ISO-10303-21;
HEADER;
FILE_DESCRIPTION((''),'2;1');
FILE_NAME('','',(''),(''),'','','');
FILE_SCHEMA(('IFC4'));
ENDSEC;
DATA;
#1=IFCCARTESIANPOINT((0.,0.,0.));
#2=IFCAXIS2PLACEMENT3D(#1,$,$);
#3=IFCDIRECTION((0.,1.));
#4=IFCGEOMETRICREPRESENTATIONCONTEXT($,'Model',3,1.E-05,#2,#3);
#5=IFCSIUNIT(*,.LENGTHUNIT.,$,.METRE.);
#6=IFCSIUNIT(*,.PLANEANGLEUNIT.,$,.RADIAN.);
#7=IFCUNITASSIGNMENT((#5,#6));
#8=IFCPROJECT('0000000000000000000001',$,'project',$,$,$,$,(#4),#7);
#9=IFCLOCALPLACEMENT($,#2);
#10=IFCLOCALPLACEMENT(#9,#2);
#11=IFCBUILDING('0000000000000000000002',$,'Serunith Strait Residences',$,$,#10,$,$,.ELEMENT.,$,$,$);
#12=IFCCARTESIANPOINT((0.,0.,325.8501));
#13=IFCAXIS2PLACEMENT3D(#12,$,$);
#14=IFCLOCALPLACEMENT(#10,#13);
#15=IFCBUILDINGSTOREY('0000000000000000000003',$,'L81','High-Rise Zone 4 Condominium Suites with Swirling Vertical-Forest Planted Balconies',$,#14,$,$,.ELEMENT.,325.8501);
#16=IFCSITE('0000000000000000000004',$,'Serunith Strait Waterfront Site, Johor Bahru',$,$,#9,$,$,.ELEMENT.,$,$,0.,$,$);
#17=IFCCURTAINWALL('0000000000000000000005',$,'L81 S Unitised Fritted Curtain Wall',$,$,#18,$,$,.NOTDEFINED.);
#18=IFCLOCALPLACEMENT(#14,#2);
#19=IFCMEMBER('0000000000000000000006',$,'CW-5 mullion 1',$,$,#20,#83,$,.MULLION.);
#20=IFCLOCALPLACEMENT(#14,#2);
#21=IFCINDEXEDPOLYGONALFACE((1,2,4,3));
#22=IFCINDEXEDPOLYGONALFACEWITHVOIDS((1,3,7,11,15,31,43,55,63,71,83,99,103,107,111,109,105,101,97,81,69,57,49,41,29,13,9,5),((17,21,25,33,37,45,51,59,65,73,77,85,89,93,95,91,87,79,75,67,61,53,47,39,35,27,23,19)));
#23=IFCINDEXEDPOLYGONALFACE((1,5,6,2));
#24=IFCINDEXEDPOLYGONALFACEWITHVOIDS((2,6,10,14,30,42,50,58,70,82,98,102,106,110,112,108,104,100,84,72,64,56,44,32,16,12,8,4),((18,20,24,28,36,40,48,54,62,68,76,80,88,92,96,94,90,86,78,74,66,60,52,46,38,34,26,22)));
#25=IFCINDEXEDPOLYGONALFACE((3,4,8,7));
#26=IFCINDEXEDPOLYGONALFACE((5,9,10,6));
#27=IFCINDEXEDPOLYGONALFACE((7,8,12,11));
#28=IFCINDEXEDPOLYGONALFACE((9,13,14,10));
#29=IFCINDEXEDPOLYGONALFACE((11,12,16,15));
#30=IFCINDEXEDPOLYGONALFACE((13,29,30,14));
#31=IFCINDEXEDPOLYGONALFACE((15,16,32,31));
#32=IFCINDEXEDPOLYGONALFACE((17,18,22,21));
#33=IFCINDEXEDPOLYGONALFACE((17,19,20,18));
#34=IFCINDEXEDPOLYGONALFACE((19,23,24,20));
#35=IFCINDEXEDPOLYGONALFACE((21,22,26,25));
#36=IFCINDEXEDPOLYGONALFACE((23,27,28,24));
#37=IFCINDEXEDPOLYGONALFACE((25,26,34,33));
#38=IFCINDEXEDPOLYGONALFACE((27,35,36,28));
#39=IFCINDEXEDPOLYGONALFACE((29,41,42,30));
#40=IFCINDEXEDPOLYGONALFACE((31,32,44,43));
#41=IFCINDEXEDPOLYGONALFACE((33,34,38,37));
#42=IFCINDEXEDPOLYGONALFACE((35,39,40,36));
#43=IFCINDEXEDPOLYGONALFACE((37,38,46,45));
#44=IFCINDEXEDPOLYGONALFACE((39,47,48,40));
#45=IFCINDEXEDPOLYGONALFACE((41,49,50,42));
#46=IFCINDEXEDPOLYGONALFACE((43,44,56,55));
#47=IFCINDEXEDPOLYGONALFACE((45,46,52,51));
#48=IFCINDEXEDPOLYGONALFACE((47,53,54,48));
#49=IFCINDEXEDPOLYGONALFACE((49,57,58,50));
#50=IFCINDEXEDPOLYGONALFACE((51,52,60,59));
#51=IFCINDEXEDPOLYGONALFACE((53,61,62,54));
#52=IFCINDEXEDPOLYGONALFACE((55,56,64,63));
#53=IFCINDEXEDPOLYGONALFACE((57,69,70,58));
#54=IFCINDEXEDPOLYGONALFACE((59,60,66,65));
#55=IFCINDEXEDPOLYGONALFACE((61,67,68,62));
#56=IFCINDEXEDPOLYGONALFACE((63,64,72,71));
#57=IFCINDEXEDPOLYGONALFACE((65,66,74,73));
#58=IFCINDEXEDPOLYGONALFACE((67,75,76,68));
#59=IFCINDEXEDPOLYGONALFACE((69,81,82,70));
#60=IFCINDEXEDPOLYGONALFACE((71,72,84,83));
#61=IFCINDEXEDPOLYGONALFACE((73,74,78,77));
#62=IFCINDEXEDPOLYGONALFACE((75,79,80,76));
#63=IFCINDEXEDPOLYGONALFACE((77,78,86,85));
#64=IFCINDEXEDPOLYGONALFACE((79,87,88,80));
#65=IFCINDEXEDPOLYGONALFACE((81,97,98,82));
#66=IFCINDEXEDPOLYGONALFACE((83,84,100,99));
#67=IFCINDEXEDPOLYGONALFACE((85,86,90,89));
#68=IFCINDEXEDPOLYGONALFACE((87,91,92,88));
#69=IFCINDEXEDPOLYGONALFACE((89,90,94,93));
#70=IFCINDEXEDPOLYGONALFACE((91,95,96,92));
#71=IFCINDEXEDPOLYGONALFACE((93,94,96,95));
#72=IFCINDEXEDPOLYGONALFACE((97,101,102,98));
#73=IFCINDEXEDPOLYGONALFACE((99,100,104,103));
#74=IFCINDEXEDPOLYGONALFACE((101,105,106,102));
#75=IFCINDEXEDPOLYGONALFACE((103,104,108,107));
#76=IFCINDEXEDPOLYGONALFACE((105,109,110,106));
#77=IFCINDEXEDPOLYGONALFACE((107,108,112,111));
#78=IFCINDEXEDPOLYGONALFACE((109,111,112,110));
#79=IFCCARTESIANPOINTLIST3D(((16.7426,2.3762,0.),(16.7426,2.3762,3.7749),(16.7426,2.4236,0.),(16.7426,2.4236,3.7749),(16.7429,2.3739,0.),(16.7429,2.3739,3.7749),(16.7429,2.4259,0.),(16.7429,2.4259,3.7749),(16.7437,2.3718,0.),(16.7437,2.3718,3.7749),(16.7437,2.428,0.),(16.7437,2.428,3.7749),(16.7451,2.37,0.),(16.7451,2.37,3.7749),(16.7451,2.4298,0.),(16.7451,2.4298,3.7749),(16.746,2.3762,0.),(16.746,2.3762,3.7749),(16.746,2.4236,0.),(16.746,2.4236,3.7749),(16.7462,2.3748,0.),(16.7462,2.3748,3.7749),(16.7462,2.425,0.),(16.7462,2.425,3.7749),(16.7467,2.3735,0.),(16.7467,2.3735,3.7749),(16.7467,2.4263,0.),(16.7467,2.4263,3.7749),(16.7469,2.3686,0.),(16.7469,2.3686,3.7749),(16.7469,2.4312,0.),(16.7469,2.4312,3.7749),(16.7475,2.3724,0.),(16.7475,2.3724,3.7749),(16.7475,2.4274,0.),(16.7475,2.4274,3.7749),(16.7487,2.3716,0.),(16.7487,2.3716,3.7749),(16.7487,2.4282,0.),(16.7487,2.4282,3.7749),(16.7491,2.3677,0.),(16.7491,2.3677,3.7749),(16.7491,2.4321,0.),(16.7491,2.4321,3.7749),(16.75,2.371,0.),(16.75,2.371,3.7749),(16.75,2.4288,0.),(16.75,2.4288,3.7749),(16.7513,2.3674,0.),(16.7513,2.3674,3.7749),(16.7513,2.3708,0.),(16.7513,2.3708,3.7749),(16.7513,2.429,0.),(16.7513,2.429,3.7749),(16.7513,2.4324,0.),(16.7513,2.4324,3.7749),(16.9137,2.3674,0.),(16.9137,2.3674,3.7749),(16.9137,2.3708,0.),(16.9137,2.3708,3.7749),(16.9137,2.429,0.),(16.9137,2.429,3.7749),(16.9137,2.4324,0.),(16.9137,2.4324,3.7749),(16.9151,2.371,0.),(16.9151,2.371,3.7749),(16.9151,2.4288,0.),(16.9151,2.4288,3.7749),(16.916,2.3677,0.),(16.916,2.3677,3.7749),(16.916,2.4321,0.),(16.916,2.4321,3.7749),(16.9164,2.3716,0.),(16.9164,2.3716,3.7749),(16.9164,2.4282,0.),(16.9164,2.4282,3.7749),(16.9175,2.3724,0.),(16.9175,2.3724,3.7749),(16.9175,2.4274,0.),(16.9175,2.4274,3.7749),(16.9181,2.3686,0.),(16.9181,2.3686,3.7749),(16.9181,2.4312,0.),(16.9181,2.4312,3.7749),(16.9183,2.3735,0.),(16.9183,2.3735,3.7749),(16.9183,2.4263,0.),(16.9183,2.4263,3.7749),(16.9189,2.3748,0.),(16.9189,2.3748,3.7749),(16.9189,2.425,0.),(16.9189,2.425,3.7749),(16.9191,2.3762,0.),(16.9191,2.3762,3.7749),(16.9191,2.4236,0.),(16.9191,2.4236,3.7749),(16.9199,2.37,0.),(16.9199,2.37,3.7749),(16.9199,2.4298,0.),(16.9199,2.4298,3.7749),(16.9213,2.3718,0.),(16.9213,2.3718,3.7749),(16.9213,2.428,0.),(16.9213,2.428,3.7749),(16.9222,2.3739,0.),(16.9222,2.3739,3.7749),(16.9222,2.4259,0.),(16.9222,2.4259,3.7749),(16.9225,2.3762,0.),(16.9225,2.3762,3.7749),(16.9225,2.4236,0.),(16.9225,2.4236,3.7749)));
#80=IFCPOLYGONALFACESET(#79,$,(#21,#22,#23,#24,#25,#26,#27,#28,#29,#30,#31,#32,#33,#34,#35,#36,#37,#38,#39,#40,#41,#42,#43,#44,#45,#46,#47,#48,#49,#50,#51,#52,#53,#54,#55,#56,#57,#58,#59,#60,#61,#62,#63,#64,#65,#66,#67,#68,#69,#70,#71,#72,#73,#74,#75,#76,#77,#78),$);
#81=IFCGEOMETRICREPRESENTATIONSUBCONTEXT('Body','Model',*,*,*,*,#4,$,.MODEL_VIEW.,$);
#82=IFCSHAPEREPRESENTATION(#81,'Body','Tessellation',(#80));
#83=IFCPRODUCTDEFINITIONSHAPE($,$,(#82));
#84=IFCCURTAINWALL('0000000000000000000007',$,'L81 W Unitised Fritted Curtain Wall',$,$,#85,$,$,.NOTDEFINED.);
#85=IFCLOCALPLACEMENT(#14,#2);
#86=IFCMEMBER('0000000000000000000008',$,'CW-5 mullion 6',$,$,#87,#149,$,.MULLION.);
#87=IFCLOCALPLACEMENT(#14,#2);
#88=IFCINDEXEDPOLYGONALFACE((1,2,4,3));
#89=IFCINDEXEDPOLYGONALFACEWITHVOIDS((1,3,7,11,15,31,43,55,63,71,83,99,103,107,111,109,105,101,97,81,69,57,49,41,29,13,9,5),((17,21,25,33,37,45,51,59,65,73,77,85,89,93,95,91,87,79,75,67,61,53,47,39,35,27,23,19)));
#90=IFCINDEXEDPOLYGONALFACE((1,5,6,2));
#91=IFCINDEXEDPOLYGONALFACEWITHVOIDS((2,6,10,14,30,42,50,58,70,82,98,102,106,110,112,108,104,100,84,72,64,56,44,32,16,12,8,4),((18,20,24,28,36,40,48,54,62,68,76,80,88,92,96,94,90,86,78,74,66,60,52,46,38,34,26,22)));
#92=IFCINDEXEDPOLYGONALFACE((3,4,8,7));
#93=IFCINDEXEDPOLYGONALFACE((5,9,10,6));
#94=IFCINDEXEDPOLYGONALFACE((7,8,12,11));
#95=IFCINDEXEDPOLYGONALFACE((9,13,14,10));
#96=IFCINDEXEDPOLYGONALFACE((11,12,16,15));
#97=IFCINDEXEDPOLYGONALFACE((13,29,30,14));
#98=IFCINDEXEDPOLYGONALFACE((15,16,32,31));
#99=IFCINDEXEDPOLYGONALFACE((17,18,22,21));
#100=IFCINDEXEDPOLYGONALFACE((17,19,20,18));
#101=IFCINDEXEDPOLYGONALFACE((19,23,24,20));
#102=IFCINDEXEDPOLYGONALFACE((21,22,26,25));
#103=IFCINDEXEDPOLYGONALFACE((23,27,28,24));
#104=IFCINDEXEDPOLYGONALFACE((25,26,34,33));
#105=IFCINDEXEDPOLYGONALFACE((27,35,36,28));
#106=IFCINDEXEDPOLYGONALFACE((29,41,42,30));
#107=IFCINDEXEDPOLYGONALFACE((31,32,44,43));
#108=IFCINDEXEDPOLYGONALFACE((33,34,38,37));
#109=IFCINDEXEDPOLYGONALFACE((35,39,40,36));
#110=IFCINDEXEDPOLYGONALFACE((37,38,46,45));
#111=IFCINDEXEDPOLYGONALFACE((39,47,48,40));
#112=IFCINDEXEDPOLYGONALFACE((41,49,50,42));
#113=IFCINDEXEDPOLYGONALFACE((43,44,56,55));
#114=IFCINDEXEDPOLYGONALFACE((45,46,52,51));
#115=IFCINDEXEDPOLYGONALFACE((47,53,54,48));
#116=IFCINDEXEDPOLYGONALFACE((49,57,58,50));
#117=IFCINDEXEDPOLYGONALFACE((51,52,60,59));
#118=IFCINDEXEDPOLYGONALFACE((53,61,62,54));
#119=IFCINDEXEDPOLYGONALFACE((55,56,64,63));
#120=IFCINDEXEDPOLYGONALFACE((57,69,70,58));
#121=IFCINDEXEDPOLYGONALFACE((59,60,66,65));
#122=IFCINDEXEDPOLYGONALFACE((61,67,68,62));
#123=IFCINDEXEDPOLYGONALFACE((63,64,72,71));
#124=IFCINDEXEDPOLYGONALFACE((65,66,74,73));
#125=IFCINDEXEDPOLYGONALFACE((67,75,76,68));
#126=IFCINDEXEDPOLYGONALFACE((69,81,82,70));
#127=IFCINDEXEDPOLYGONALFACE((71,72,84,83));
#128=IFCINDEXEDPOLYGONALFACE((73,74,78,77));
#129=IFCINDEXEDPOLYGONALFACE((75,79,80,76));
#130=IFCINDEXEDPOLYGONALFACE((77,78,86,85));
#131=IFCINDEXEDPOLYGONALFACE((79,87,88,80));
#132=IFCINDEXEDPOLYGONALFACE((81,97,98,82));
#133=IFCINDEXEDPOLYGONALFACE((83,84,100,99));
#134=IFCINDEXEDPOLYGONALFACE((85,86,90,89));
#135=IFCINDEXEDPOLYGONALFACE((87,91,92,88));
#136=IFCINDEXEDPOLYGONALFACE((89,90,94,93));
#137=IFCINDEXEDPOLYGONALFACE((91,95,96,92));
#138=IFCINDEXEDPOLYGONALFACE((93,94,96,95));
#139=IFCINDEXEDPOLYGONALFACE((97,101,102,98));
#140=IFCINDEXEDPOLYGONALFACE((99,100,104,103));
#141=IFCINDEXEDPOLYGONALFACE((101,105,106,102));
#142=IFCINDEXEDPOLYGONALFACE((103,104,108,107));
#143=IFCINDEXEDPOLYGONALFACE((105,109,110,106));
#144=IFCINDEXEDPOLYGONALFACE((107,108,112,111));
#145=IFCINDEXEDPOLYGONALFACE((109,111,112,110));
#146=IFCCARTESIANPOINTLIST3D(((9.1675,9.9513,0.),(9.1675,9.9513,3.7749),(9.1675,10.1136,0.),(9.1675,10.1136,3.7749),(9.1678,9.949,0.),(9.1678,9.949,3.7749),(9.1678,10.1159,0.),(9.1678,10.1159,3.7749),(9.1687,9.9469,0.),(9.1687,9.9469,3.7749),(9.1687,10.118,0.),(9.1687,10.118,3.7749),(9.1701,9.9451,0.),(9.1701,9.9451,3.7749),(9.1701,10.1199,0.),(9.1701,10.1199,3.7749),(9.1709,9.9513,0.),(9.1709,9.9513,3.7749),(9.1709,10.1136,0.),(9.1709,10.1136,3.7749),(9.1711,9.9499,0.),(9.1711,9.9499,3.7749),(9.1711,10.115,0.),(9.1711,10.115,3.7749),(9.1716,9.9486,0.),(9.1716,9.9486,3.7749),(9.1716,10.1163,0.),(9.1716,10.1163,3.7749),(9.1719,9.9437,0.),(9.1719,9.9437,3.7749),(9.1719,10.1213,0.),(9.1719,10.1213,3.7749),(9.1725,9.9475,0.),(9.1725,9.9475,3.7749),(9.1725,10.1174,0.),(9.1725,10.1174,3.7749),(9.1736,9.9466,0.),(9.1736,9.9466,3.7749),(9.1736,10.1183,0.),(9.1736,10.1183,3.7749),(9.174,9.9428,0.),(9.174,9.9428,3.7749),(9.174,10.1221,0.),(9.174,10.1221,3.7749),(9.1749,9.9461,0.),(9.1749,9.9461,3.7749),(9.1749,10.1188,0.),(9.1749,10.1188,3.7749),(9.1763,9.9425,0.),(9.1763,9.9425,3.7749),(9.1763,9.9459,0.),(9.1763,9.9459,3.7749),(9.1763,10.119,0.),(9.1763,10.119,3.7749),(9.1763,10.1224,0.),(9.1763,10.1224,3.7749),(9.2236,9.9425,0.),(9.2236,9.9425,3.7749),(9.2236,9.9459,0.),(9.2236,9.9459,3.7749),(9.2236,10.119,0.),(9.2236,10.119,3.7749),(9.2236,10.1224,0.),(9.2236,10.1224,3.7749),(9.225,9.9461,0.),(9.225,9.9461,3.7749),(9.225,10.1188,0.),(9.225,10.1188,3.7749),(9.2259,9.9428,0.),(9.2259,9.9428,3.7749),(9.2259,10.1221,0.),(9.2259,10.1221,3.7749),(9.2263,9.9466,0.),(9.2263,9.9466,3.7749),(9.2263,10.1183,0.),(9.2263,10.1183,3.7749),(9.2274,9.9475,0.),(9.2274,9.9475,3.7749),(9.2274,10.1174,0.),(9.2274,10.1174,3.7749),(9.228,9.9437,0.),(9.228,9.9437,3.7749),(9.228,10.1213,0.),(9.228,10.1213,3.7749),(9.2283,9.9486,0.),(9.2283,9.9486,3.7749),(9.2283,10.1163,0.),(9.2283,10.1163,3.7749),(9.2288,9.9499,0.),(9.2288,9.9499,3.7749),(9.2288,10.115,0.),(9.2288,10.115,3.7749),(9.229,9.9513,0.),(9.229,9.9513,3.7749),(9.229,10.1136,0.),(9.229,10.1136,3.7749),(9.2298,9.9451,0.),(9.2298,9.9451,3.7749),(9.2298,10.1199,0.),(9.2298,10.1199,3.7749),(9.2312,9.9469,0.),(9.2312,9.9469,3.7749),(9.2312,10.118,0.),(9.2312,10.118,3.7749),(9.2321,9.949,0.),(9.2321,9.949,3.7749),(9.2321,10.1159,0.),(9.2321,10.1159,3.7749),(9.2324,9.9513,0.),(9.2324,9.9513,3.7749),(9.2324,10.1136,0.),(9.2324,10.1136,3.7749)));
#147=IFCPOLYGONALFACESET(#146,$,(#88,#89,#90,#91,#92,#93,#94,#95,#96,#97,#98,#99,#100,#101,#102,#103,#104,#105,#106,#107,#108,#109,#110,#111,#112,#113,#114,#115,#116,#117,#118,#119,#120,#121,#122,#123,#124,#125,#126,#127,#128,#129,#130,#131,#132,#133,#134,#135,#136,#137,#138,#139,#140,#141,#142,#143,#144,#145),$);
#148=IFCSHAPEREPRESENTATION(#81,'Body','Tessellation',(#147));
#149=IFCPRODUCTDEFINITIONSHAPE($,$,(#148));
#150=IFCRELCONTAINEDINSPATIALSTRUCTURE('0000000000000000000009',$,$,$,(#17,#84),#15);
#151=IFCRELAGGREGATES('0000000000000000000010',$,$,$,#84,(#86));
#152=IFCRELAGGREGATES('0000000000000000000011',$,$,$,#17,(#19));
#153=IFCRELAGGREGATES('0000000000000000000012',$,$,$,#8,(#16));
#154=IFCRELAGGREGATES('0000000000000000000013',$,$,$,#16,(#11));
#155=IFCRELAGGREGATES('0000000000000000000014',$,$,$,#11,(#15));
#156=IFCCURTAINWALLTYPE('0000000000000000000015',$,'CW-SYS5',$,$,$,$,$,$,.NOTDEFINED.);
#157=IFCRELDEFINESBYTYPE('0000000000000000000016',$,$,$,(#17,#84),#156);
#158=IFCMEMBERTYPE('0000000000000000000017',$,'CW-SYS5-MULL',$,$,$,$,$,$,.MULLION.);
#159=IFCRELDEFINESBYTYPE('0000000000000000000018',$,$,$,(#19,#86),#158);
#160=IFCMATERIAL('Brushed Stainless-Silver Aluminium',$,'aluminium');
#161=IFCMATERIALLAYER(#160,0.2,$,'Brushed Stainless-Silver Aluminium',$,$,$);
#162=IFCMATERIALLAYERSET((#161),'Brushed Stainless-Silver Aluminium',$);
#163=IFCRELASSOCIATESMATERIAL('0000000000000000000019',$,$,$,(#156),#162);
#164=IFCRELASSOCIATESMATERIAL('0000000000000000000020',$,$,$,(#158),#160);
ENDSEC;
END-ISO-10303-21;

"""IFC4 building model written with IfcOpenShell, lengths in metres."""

from ifc_helpers import new_model, si_unit, direction, frame, origin, origin_2d, place, context, subcontext, project, spatial, hollow_rectangle, extrude, source, transform, mapped, material, layer, layer_set, material_profile, profile_set, type_object, element, aggregate, save


model = new_model("IFC4")

# Units and contexts
model_context = context("Model", 3, precision=1e-05, world=origin(), true_north=direction((0.0, 1.0)))
body_context = subcontext(model_context, "Body", "Model", "MODEL_VIEW")
ifc_project = project(units=[si_unit("LENGTHUNIT", "METRE"), si_unit("PLANEANGLEUNIT", "RADIAN")], contexts=[model_context])

# Site, building, storey
site_placement = place(None, origin())
site = spatial("IfcSite", under=ifc_project, at=site_placement, Name="Serunith Strait Waterfront Site, Johor Bahru", CompositionType="ELEMENT", RefElevation=0.0)
building_placement = place(site_placement, origin())
building = spatial("IfcBuilding", under=site, at=building_placement, Name="Serunith Strait Residences", CompositionType="ELEMENT")
storey_placement = place(building_placement, frame((0.0, 0.0, 325.8501)))
storey = spatial("IfcBuildingStorey", under=building, at=storey_placement, Name="L81", Description="High-Rise Zone 4 Condominium Suites with Swirling Vertical-Forest Planted Balconies", CompositionType="ELEMENT", Elevation=325.8501)

# Curtain walls, members
ifc_material_1 = material(Name="Brushed Stainless-Silver Aluminium", Category="aluminium")
ifc_layer_1 = layer(ifc_material_1, 0.2, Name="Brushed Stainless-Silver Aluminium")
ifc_layer_set_1 = layer_set([ifc_layer_1], Name="Brushed Stainless-Silver Aluminium")
curtain_wall_type = type_object("IfcCurtainWallType", Name="CW-SYS5", PredefinedType="NOTDEFINED", material=ifc_layer_set_1)
curtain_wall_1_placement = place(storey_placement, origin())
curtain_wall_1 = element("IfcCurtainWall", 1, at=curtain_wall_1_placement, inside=storey, type_object=curtain_wall_type, Name="L81 S Unitised Fritted Curtain Wall", PredefinedType="NOTDEFINED")
ifc_material_profile_1 = material_profile(ifc_material_1, hollow_rectangle(XDim=0.0649, YDim=0.1799, WallThickness=0.0034, InnerFilletRadius=0.0054, OuterFilletRadius=0.0088, at=origin_2d()), Name="ALU 180x65x3.5")
ifc_profile_set_1 = profile_set([ifc_material_profile_1], Name="Brushed Stainless-Silver Aluminium")
member_type_1 = type_object("IfcMemberType", Name="CW-SYS5-MULL", PredefinedType="MULLION", material=ifc_profile_set_1)
shared_shape_1 = source(origin(), body_context, "Body", "SweptSolid", [
    extrude(hollow_rectangle(XDim=0.0649, YDim=0.1799, WallThickness=0.0034, InnerFilletRadius=0.0054, OuterFilletRadius=0.0088, at=origin_2d()), origin(), (0.0, 0.0, 1.0), 3.7749),
])
member_1_placement = place(storey_placement, frame((16.8325, 2.3999, 0.0), z_axis=(0.0, 0.0, 1.0), x_axis=(0.0, 1.0, 0.0)))
member_1 = element("IfcMember", 2, at=member_1_placement, type_object=member_type_1, Name="CW-5 mullion 1", PredefinedType="MULLION", context=body_context, shape_type="MappedRepresentation", body=[
    mapped(shared_shape_1, transform((0.0, 0.0, 0.0), scale=1.0)),
])
curtain_wall_2_placement = place(storey_placement, origin())
curtain_wall_2 = element("IfcCurtainWall", 3, at=curtain_wall_2_placement, inside=storey, type_object=curtain_wall_type, Name="L81 W Unitised Fritted Curtain Wall", PredefinedType="NOTDEFINED")
member_2_placement = place(storey_placement, frame((9.2, 10.0325, 0.0), z_axis=(0.0, 0.0, 1.0), x_axis=(1.0, 0.0, 0.0)))
member_2 = element("IfcMember", 4, at=member_2_placement, type_object=member_type_1, Name="CW-5 mullion 6", PredefinedType="MULLION", context=body_context, shape_type="MappedRepresentation", body=[
    mapped(shared_shape_1, transform((0.0, 0.0, 0.0), scale=1.0)),
])
aggregate(curtain_wall_2, [member_2])

aggregate(curtain_wall_1, [member_1])

save(model, "model.ifc")
